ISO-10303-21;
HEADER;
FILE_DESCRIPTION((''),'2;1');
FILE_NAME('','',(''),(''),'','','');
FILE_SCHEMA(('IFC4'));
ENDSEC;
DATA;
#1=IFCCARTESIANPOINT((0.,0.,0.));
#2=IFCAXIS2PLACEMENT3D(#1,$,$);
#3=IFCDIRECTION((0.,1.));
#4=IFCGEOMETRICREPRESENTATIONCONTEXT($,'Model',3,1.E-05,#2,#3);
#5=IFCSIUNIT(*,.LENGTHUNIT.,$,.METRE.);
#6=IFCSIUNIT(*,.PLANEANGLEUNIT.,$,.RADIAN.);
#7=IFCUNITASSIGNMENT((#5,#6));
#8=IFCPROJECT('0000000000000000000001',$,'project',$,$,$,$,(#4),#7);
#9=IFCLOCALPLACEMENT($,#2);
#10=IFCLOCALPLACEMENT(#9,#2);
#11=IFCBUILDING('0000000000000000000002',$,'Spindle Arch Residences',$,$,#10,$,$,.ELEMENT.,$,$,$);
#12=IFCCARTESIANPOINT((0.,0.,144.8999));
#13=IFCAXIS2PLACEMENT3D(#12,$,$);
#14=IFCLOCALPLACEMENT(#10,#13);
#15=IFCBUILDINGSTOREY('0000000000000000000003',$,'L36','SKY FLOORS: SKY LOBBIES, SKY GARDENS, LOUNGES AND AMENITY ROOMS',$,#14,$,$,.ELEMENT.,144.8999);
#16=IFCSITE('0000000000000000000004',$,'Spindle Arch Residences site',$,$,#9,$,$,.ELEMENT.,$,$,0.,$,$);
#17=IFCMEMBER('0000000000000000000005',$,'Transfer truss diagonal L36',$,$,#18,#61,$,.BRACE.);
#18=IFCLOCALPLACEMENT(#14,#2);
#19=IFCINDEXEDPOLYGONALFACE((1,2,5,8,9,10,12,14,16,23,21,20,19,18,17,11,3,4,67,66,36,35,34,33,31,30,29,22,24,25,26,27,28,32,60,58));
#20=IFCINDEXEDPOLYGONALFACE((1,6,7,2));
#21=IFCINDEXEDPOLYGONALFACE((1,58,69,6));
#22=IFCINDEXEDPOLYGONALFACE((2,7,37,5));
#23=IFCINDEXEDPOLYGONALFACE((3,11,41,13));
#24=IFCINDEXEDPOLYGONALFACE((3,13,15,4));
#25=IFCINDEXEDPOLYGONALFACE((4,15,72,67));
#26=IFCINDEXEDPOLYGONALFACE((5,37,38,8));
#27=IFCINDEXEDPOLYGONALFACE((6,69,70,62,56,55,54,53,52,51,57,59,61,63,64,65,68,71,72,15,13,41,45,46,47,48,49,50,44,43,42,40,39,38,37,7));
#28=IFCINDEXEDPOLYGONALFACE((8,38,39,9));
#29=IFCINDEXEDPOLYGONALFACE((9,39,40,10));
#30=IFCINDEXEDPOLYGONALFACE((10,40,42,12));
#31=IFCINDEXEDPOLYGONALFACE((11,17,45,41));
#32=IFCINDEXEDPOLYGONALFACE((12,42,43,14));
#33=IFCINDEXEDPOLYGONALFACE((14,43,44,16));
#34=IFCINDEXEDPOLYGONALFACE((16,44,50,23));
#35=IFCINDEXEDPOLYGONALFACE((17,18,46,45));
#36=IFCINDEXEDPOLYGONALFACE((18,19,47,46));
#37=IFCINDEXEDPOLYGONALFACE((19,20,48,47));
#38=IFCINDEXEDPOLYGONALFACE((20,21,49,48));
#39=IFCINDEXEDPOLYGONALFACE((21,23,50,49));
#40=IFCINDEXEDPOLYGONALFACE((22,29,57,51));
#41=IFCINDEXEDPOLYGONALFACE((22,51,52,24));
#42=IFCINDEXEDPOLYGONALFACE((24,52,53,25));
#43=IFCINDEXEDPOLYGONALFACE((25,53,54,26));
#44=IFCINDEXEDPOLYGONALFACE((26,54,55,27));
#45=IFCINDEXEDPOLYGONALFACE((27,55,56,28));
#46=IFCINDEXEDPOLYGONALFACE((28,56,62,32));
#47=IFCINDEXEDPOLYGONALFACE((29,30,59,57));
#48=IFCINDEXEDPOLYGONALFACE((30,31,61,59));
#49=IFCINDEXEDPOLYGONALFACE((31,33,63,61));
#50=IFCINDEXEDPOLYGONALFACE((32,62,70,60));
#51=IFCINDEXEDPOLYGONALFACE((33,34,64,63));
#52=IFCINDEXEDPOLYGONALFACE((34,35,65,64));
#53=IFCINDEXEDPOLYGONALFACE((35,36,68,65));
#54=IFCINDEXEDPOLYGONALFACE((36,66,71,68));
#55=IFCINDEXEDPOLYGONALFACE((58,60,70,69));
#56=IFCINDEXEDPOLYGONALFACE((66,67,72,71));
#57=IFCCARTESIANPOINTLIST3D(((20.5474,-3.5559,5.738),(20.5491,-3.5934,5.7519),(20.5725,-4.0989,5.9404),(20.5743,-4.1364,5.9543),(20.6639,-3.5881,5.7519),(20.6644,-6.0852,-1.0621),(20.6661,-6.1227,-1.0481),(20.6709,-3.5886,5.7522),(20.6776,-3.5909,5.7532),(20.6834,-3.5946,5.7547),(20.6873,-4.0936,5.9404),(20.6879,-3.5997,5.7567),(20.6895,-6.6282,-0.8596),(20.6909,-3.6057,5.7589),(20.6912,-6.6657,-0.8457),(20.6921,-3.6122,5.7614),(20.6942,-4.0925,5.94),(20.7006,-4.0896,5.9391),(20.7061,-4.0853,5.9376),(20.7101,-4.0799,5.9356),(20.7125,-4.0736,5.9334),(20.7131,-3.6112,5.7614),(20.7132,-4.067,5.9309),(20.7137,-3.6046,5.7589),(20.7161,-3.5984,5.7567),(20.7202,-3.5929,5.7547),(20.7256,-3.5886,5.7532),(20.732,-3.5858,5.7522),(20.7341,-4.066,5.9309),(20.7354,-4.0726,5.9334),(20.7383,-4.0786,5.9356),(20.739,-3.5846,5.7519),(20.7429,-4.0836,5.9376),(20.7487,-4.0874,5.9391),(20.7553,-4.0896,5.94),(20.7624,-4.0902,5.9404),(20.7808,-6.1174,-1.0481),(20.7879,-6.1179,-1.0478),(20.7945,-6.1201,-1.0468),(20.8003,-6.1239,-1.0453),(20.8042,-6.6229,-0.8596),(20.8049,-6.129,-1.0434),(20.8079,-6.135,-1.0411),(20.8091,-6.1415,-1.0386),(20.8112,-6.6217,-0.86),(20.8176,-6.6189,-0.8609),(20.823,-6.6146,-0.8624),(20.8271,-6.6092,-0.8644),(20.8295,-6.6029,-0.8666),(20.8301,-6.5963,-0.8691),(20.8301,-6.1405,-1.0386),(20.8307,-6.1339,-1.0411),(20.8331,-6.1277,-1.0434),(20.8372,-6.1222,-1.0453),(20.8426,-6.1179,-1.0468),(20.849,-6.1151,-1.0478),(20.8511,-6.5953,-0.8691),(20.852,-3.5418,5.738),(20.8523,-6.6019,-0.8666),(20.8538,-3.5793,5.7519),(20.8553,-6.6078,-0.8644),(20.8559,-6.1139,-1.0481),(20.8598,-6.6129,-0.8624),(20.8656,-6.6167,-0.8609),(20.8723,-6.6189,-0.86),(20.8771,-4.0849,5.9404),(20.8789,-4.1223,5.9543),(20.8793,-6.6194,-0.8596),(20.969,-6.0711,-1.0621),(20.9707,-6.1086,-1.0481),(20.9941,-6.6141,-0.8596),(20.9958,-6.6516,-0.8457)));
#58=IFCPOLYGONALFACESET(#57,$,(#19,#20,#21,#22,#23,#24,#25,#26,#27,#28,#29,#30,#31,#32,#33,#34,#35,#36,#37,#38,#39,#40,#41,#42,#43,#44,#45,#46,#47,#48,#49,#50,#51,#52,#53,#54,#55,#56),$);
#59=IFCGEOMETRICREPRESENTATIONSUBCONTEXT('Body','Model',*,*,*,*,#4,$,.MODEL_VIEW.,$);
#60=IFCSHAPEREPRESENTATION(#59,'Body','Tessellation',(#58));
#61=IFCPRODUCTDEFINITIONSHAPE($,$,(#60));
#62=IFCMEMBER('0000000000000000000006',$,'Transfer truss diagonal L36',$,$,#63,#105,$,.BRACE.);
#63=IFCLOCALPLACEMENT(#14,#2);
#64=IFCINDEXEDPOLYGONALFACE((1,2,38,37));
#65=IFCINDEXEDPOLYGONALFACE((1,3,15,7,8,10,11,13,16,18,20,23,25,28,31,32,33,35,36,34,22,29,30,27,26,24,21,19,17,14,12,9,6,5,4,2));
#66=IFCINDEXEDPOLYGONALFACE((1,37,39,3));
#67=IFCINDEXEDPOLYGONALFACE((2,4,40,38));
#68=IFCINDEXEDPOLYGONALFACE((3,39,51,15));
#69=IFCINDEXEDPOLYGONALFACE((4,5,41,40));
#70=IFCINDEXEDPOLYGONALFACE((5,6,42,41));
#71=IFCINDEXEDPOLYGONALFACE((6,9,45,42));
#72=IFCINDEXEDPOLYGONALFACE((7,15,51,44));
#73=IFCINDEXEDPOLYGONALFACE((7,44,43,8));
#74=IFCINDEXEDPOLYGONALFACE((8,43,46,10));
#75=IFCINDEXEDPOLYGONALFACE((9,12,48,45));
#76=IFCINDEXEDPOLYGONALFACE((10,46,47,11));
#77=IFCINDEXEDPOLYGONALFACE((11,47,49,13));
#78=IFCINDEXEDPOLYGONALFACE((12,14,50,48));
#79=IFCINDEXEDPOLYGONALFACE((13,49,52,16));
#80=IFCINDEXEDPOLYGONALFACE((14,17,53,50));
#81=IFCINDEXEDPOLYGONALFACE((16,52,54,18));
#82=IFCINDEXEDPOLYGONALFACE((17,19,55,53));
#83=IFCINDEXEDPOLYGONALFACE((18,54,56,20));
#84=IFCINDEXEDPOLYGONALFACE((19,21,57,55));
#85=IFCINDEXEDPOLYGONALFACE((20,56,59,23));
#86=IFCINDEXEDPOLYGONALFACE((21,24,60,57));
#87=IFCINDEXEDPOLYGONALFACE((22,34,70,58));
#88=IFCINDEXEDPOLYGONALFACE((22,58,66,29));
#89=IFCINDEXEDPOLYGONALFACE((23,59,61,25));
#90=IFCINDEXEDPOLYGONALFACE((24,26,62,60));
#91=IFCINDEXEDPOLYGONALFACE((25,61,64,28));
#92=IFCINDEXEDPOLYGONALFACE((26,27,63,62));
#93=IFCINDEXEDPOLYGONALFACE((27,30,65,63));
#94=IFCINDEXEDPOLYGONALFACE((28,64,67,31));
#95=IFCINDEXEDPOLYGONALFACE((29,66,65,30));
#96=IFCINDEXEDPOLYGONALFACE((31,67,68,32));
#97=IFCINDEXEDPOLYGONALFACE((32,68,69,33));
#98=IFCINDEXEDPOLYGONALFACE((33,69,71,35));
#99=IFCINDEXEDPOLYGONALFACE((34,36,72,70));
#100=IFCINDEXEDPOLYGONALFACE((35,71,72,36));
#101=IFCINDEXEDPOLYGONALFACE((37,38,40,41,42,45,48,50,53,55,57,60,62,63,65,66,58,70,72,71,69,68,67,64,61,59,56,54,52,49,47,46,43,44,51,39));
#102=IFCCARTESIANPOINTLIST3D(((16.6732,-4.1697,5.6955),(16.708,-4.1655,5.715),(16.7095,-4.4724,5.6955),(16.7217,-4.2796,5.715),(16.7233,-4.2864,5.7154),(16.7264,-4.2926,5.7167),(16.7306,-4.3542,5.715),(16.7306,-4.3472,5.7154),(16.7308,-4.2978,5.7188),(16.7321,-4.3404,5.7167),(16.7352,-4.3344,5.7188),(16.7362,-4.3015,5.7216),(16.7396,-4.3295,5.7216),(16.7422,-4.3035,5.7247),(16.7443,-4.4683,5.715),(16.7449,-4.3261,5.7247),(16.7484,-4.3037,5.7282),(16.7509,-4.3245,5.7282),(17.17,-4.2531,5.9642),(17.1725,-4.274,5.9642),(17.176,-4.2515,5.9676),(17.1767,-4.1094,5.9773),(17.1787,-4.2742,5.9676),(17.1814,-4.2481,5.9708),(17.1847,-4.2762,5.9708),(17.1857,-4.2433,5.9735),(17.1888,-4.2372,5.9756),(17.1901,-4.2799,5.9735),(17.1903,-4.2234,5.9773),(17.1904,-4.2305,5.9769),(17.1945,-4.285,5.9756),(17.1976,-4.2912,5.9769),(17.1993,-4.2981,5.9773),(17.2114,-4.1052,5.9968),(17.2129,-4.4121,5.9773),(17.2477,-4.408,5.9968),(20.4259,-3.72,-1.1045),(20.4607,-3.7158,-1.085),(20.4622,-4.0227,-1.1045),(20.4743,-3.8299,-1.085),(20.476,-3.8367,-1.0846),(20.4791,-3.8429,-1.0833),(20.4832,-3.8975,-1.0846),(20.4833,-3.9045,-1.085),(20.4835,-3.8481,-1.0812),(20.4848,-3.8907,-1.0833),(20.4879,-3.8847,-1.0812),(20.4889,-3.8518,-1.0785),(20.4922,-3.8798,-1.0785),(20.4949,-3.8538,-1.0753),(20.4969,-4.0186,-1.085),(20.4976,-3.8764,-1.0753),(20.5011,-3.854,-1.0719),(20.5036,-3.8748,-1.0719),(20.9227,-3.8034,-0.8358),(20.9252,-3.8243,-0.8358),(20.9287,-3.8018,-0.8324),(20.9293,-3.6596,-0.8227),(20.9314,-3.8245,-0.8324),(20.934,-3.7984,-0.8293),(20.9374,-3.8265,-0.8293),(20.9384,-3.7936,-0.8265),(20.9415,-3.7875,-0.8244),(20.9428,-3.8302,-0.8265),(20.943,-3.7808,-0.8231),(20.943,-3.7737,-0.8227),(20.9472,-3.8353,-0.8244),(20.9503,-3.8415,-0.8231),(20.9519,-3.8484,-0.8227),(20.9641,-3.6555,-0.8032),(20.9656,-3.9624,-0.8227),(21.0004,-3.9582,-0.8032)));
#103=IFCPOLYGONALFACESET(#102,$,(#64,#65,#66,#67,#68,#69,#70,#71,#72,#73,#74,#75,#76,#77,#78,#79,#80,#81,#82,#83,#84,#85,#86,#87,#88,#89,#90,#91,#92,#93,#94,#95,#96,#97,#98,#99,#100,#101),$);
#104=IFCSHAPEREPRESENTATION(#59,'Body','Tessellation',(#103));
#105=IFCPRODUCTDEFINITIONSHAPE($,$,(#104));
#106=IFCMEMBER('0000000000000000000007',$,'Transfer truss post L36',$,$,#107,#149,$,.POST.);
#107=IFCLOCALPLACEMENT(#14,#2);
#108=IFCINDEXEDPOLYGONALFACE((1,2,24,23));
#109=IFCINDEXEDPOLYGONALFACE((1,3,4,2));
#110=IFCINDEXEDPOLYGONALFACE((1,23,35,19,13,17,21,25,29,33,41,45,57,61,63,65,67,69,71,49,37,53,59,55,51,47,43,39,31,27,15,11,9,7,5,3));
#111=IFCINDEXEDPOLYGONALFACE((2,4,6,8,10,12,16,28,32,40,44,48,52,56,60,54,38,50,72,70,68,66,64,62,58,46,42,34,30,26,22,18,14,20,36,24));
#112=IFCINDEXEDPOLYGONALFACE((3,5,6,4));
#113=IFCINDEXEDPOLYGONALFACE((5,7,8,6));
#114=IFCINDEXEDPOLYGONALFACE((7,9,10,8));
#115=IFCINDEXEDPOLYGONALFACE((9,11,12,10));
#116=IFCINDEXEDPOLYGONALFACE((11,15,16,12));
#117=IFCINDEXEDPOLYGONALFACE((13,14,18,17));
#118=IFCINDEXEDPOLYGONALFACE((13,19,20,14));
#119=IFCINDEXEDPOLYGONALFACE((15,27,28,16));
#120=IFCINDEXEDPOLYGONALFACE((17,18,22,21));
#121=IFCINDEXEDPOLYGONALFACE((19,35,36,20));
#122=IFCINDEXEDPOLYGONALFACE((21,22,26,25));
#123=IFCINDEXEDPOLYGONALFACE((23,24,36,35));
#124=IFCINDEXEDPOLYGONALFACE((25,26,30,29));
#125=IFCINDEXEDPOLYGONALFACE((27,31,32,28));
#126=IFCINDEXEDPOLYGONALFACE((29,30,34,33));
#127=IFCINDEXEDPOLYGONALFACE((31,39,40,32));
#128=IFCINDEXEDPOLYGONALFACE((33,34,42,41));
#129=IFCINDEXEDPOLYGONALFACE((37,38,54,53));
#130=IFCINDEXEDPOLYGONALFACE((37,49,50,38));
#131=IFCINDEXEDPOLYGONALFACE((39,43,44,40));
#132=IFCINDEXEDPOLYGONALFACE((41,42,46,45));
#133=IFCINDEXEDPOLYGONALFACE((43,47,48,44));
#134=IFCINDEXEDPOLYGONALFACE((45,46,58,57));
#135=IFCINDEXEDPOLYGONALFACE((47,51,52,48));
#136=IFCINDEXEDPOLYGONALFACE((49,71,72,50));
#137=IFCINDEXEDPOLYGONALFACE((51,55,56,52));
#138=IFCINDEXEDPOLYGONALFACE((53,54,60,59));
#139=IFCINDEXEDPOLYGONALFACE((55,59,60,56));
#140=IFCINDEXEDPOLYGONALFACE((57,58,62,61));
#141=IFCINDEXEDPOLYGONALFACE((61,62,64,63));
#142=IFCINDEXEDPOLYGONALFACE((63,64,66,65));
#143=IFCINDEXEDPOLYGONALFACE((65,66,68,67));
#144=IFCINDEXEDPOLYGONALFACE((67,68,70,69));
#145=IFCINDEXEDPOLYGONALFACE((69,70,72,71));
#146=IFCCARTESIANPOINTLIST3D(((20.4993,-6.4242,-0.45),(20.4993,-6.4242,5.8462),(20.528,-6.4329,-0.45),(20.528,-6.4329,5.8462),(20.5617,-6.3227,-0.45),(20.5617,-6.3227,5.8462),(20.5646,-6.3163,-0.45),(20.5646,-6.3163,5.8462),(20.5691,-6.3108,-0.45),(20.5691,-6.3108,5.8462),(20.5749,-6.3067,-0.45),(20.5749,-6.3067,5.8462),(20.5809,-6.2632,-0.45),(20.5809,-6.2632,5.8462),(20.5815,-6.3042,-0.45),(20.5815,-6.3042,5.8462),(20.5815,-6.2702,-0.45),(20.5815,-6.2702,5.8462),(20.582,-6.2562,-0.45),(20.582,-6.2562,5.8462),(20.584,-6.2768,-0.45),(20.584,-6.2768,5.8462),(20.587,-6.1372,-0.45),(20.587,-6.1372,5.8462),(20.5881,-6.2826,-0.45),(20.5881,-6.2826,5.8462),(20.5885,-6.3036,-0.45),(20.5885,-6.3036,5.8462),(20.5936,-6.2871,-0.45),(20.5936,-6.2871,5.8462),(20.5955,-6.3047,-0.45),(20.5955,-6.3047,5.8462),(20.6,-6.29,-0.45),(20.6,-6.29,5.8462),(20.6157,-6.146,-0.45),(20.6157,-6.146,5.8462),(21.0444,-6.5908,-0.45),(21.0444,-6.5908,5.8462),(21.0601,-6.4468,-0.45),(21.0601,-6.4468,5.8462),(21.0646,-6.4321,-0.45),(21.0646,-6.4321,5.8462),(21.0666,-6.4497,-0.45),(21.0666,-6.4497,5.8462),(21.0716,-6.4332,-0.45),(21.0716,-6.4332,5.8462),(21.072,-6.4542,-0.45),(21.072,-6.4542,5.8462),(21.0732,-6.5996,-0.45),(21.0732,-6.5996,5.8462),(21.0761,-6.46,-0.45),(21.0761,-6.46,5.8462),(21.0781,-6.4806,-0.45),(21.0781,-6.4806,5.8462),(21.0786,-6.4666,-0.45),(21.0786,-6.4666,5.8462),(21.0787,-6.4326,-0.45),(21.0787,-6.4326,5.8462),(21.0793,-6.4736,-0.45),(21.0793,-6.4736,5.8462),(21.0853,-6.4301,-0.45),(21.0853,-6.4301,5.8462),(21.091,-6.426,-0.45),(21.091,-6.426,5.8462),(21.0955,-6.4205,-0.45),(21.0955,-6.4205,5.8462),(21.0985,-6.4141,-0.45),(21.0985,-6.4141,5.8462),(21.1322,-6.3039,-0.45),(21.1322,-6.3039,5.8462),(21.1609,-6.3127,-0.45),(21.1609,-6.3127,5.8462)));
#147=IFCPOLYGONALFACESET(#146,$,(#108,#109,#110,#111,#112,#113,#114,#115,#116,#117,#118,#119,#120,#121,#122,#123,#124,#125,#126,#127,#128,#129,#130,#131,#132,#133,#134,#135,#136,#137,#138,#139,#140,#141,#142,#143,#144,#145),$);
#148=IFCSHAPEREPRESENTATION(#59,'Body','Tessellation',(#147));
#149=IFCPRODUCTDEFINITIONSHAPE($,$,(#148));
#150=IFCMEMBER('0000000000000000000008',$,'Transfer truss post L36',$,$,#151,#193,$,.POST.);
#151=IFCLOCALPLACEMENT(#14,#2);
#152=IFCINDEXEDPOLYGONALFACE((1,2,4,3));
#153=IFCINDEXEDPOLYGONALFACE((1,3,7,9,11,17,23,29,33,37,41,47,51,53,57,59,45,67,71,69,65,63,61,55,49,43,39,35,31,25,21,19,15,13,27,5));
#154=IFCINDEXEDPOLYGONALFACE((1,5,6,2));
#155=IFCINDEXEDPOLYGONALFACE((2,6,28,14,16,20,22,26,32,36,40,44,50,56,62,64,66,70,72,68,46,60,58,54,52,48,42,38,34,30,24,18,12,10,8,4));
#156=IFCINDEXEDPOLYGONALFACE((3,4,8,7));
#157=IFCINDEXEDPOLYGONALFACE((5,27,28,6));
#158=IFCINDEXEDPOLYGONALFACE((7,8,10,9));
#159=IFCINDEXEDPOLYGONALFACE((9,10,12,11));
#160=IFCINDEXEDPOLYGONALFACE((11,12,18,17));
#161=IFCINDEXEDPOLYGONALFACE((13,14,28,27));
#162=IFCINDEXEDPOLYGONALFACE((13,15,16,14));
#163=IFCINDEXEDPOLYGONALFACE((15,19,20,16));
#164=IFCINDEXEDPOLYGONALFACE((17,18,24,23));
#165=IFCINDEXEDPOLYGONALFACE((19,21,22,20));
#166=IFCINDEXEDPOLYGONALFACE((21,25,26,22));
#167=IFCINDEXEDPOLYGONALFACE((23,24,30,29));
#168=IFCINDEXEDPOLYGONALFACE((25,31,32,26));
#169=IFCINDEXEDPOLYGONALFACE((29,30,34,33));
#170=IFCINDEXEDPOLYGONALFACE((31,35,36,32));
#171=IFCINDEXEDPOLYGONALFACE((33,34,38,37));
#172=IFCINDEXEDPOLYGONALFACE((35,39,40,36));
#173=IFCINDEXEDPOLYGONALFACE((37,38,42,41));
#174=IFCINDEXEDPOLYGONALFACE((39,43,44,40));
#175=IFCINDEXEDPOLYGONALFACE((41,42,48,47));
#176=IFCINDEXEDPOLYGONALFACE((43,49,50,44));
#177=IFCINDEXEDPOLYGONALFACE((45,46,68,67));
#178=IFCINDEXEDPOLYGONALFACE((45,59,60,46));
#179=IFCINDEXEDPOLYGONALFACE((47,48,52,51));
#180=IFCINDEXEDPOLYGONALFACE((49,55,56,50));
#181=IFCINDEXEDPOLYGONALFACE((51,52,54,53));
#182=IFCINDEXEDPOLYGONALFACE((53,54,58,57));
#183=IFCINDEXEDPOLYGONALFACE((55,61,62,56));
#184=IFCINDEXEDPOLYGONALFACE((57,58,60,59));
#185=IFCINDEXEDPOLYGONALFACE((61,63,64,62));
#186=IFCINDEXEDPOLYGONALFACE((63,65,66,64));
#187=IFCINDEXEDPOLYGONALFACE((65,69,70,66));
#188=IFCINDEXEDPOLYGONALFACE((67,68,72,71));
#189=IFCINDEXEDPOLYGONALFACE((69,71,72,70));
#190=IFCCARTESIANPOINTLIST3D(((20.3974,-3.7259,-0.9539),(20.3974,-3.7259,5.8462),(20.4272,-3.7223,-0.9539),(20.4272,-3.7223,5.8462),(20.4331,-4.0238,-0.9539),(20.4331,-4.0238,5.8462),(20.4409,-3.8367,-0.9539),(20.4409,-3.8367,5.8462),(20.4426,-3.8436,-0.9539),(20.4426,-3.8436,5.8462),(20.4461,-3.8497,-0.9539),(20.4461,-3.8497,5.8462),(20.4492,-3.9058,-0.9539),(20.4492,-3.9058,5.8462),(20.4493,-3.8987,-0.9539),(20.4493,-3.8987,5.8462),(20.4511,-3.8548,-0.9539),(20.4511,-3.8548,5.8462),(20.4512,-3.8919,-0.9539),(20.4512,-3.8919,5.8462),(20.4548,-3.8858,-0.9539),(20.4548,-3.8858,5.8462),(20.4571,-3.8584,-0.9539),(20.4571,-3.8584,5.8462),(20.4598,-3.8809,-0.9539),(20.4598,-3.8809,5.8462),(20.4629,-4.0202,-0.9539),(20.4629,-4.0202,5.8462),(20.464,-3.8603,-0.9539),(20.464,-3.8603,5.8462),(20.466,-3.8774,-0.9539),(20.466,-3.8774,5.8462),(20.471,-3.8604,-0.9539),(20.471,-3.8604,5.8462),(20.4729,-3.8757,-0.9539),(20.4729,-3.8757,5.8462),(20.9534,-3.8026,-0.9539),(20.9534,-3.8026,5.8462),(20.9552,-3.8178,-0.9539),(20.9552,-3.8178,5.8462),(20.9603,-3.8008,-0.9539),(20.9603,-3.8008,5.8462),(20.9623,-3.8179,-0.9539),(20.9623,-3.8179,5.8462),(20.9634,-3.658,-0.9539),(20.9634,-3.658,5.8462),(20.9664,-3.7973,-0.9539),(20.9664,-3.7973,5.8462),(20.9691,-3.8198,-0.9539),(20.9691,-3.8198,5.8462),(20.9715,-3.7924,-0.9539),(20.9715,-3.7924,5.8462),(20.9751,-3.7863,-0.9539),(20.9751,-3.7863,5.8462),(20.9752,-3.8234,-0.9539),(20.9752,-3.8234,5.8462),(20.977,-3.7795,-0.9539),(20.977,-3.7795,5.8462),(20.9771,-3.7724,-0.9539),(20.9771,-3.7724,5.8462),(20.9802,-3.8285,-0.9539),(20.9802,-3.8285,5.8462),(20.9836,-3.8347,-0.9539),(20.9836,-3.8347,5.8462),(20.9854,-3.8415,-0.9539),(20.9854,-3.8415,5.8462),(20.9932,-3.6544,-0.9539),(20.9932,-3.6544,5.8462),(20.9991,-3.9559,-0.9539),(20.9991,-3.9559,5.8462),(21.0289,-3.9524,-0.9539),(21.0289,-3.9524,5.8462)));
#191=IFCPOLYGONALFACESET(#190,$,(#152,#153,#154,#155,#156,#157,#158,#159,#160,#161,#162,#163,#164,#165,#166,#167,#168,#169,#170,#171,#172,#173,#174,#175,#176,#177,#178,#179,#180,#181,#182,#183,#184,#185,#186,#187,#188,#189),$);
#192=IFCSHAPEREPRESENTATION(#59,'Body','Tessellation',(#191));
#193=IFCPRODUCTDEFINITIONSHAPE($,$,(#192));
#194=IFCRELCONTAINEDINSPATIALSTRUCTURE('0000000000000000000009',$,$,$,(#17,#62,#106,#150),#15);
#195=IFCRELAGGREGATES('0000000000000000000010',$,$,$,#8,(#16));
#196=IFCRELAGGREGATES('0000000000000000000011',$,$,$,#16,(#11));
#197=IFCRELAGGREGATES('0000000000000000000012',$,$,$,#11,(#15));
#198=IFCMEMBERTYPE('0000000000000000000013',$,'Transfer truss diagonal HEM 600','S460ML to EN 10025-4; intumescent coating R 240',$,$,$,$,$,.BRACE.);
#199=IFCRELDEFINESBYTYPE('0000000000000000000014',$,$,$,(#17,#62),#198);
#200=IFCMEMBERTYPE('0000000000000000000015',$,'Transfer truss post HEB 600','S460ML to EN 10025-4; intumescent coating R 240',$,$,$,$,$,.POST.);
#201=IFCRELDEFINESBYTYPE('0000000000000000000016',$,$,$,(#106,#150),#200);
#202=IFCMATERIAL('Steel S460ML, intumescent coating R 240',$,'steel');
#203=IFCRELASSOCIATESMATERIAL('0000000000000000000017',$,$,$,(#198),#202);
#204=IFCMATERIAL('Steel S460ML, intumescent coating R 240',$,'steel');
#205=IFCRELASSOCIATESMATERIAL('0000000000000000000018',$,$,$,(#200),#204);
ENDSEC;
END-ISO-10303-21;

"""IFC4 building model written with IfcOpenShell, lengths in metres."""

from ifc_helpers import new_model, si_unit, direction, frame, origin, origin_2d, place, context, subcontext, project, spatial, i_section, extrude, material, material_profile, profile_set, type_object, element, save


model = new_model("IFC4")

# Units and contexts
model_context = context("Model", 3, precision=1e-05, world=origin(), true_north=direction((0.0, 1.0)))
body_context = subcontext(model_context, "Body", "Model", "MODEL_VIEW")
ifc_project = project(units=[si_unit("LENGTHUNIT", "METRE"), si_unit("PLANEANGLEUNIT", "RADIAN")], contexts=[model_context])

# Site, building, storey
site_placement = place(None, origin())
site = spatial("IfcSite", under=ifc_project, at=site_placement, Name="Spindle Arch Residences site", CompositionType="ELEMENT", RefElevation=0.0)
building_placement = place(site_placement, origin())
building = spatial("IfcBuilding", under=site, at=building_placement, Name="Spindle Arch Residences", CompositionType="ELEMENT")
storey_placement = place(building_placement, frame((0.0, 0.0, 144.8999)))
storey = spatial("IfcBuildingStorey", under=building, at=storey_placement, Name="L36", Description="SKY FLOORS: SKY LOBBIES, SKY GARDENS, LOUNGES AND AMENITY ROOMS", CompositionType="ELEMENT", Elevation=144.8999)

# Members
ifc_material_1 = material(Name="Steel S460ML, intumescent coating R 240", Category="steel")
ifc_material_profile_1 = material_profile(ifc_material_1, i_section(OverallWidth=0.3049, OverallDepth=0.6201, WebThickness=0.021, FlangeThickness=0.04, FilletRadius=0.0271, at=origin_2d()), Name="HEM 600")
ifc_profile_set_1 = profile_set([ifc_material_profile_1], Name="Steel S460ML, intumescent coating R 240")
member_type_1 = type_object("IfcMemberType", Name="Transfer truss diagonal HEM 600", Description="S460ML to EN 10025-4; intumescent coating R 240", PredefinedType="BRACE", material=ifc_profile_set_1)
member_1_placement = place(storey_placement, frame((20.8301, -6.3684, -0.9539), z_axis=(-0.016116, 0.348573, 0.937143), x_axis=(-0.998933, -0.046186, 0.0)))
element("IfcMember", 1, at=member_1_placement, inside=storey, type_object=member_type_1, Name="Transfer truss diagonal L36", PredefinedType="BRACE", context=body_context, shape_type="SweptSolid", body=[
    extrude(i_section(OverallWidth=0.3049, OverallDepth=0.6201, WebThickness=0.021, FlangeThickness=0.04, FilletRadius=0.0271, at=origin_2d()), origin(), (0.0, 0.0, 1.0), 7.2561),
])
member_2_placement = place(storey_placement, frame((20.7131, -3.8391, -0.9539), z_axis=(-0.482362, -0.057804, 0.874063), x_axis=(0.118985, -0.992896, 0.0)))
element("IfcMember", 2, at=member_2_placement, inside=storey, type_object=member_type_1, Name="Transfer truss diagonal L36", PredefinedType="BRACE", context=body_context, shape_type="SweptSolid", body=[
    extrude(i_section(OverallWidth=0.3049, OverallDepth=0.6201, WebThickness=0.021, FlangeThickness=0.04, FilletRadius=0.0271, at=origin_2d()), origin(), (0.0, 0.0, 1.0), 7.7798),
])
ifc_material_2 = material(Name="Steel S460ML, intumescent coating R 240", Category="steel")
ifc_material_profile_2 = material_profile(ifc_material_2, i_section(OverallWidth=0.3, OverallDepth=0.6001, WebThickness=0.0154, FlangeThickness=0.03, FilletRadius=0.0271, at=origin_2d()), Name="HEB 600")
ifc_profile_set_2 = profile_set([ifc_material_profile_2], Name="Steel S460ML, intumescent coating R 240")
member_type_2 = type_object("IfcMemberType", Name="Transfer truss post HEB 600", Description="S460ML to EN 10025-4; intumescent coating R 240", PredefinedType="POST", material=ifc_profile_set_2)
member_3_placement = place(storey_placement, frame((20.8301, -6.3684, -0.45), z_axis=(0.0, 0.0, 1.0), x_axis=(-0.292373, -0.956304, 0.0)))
element("IfcMember", 3, at=member_3_placement, inside=storey, type_object=member_type_2, Name="Transfer truss post L36", PredefinedType="POST", context=body_context, shape_type="SweptSolid", body=[
    extrude(i_section(OverallWidth=0.3, OverallDepth=0.6001, WebThickness=0.0154, FlangeThickness=0.03, FilletRadius=0.0271, at=origin_2d()), origin(), (0.0, 0.0, 1.0), 6.2961),
])
member_4_placement = place(storey_placement, frame((20.7131, -3.8391, -0.9539), z_axis=(0.0, 0.0, 1.0), x_axis=(0.119038, -0.99289, 0.0)))
element("IfcMember", 4, at=member_4_placement, inside=storey, type_object=member_type_2, Name="Transfer truss post L36", PredefinedType="POST", context=body_context, shape_type="SweptSolid", body=[
    extrude(i_section(OverallWidth=0.3, OverallDepth=0.6001, WebThickness=0.0154, FlangeThickness=0.03, FilletRadius=0.0271, at=origin_2d()), origin(), (0.0, 0.0, 1.0), 6.8),
])

save(model, "model.ifc")
